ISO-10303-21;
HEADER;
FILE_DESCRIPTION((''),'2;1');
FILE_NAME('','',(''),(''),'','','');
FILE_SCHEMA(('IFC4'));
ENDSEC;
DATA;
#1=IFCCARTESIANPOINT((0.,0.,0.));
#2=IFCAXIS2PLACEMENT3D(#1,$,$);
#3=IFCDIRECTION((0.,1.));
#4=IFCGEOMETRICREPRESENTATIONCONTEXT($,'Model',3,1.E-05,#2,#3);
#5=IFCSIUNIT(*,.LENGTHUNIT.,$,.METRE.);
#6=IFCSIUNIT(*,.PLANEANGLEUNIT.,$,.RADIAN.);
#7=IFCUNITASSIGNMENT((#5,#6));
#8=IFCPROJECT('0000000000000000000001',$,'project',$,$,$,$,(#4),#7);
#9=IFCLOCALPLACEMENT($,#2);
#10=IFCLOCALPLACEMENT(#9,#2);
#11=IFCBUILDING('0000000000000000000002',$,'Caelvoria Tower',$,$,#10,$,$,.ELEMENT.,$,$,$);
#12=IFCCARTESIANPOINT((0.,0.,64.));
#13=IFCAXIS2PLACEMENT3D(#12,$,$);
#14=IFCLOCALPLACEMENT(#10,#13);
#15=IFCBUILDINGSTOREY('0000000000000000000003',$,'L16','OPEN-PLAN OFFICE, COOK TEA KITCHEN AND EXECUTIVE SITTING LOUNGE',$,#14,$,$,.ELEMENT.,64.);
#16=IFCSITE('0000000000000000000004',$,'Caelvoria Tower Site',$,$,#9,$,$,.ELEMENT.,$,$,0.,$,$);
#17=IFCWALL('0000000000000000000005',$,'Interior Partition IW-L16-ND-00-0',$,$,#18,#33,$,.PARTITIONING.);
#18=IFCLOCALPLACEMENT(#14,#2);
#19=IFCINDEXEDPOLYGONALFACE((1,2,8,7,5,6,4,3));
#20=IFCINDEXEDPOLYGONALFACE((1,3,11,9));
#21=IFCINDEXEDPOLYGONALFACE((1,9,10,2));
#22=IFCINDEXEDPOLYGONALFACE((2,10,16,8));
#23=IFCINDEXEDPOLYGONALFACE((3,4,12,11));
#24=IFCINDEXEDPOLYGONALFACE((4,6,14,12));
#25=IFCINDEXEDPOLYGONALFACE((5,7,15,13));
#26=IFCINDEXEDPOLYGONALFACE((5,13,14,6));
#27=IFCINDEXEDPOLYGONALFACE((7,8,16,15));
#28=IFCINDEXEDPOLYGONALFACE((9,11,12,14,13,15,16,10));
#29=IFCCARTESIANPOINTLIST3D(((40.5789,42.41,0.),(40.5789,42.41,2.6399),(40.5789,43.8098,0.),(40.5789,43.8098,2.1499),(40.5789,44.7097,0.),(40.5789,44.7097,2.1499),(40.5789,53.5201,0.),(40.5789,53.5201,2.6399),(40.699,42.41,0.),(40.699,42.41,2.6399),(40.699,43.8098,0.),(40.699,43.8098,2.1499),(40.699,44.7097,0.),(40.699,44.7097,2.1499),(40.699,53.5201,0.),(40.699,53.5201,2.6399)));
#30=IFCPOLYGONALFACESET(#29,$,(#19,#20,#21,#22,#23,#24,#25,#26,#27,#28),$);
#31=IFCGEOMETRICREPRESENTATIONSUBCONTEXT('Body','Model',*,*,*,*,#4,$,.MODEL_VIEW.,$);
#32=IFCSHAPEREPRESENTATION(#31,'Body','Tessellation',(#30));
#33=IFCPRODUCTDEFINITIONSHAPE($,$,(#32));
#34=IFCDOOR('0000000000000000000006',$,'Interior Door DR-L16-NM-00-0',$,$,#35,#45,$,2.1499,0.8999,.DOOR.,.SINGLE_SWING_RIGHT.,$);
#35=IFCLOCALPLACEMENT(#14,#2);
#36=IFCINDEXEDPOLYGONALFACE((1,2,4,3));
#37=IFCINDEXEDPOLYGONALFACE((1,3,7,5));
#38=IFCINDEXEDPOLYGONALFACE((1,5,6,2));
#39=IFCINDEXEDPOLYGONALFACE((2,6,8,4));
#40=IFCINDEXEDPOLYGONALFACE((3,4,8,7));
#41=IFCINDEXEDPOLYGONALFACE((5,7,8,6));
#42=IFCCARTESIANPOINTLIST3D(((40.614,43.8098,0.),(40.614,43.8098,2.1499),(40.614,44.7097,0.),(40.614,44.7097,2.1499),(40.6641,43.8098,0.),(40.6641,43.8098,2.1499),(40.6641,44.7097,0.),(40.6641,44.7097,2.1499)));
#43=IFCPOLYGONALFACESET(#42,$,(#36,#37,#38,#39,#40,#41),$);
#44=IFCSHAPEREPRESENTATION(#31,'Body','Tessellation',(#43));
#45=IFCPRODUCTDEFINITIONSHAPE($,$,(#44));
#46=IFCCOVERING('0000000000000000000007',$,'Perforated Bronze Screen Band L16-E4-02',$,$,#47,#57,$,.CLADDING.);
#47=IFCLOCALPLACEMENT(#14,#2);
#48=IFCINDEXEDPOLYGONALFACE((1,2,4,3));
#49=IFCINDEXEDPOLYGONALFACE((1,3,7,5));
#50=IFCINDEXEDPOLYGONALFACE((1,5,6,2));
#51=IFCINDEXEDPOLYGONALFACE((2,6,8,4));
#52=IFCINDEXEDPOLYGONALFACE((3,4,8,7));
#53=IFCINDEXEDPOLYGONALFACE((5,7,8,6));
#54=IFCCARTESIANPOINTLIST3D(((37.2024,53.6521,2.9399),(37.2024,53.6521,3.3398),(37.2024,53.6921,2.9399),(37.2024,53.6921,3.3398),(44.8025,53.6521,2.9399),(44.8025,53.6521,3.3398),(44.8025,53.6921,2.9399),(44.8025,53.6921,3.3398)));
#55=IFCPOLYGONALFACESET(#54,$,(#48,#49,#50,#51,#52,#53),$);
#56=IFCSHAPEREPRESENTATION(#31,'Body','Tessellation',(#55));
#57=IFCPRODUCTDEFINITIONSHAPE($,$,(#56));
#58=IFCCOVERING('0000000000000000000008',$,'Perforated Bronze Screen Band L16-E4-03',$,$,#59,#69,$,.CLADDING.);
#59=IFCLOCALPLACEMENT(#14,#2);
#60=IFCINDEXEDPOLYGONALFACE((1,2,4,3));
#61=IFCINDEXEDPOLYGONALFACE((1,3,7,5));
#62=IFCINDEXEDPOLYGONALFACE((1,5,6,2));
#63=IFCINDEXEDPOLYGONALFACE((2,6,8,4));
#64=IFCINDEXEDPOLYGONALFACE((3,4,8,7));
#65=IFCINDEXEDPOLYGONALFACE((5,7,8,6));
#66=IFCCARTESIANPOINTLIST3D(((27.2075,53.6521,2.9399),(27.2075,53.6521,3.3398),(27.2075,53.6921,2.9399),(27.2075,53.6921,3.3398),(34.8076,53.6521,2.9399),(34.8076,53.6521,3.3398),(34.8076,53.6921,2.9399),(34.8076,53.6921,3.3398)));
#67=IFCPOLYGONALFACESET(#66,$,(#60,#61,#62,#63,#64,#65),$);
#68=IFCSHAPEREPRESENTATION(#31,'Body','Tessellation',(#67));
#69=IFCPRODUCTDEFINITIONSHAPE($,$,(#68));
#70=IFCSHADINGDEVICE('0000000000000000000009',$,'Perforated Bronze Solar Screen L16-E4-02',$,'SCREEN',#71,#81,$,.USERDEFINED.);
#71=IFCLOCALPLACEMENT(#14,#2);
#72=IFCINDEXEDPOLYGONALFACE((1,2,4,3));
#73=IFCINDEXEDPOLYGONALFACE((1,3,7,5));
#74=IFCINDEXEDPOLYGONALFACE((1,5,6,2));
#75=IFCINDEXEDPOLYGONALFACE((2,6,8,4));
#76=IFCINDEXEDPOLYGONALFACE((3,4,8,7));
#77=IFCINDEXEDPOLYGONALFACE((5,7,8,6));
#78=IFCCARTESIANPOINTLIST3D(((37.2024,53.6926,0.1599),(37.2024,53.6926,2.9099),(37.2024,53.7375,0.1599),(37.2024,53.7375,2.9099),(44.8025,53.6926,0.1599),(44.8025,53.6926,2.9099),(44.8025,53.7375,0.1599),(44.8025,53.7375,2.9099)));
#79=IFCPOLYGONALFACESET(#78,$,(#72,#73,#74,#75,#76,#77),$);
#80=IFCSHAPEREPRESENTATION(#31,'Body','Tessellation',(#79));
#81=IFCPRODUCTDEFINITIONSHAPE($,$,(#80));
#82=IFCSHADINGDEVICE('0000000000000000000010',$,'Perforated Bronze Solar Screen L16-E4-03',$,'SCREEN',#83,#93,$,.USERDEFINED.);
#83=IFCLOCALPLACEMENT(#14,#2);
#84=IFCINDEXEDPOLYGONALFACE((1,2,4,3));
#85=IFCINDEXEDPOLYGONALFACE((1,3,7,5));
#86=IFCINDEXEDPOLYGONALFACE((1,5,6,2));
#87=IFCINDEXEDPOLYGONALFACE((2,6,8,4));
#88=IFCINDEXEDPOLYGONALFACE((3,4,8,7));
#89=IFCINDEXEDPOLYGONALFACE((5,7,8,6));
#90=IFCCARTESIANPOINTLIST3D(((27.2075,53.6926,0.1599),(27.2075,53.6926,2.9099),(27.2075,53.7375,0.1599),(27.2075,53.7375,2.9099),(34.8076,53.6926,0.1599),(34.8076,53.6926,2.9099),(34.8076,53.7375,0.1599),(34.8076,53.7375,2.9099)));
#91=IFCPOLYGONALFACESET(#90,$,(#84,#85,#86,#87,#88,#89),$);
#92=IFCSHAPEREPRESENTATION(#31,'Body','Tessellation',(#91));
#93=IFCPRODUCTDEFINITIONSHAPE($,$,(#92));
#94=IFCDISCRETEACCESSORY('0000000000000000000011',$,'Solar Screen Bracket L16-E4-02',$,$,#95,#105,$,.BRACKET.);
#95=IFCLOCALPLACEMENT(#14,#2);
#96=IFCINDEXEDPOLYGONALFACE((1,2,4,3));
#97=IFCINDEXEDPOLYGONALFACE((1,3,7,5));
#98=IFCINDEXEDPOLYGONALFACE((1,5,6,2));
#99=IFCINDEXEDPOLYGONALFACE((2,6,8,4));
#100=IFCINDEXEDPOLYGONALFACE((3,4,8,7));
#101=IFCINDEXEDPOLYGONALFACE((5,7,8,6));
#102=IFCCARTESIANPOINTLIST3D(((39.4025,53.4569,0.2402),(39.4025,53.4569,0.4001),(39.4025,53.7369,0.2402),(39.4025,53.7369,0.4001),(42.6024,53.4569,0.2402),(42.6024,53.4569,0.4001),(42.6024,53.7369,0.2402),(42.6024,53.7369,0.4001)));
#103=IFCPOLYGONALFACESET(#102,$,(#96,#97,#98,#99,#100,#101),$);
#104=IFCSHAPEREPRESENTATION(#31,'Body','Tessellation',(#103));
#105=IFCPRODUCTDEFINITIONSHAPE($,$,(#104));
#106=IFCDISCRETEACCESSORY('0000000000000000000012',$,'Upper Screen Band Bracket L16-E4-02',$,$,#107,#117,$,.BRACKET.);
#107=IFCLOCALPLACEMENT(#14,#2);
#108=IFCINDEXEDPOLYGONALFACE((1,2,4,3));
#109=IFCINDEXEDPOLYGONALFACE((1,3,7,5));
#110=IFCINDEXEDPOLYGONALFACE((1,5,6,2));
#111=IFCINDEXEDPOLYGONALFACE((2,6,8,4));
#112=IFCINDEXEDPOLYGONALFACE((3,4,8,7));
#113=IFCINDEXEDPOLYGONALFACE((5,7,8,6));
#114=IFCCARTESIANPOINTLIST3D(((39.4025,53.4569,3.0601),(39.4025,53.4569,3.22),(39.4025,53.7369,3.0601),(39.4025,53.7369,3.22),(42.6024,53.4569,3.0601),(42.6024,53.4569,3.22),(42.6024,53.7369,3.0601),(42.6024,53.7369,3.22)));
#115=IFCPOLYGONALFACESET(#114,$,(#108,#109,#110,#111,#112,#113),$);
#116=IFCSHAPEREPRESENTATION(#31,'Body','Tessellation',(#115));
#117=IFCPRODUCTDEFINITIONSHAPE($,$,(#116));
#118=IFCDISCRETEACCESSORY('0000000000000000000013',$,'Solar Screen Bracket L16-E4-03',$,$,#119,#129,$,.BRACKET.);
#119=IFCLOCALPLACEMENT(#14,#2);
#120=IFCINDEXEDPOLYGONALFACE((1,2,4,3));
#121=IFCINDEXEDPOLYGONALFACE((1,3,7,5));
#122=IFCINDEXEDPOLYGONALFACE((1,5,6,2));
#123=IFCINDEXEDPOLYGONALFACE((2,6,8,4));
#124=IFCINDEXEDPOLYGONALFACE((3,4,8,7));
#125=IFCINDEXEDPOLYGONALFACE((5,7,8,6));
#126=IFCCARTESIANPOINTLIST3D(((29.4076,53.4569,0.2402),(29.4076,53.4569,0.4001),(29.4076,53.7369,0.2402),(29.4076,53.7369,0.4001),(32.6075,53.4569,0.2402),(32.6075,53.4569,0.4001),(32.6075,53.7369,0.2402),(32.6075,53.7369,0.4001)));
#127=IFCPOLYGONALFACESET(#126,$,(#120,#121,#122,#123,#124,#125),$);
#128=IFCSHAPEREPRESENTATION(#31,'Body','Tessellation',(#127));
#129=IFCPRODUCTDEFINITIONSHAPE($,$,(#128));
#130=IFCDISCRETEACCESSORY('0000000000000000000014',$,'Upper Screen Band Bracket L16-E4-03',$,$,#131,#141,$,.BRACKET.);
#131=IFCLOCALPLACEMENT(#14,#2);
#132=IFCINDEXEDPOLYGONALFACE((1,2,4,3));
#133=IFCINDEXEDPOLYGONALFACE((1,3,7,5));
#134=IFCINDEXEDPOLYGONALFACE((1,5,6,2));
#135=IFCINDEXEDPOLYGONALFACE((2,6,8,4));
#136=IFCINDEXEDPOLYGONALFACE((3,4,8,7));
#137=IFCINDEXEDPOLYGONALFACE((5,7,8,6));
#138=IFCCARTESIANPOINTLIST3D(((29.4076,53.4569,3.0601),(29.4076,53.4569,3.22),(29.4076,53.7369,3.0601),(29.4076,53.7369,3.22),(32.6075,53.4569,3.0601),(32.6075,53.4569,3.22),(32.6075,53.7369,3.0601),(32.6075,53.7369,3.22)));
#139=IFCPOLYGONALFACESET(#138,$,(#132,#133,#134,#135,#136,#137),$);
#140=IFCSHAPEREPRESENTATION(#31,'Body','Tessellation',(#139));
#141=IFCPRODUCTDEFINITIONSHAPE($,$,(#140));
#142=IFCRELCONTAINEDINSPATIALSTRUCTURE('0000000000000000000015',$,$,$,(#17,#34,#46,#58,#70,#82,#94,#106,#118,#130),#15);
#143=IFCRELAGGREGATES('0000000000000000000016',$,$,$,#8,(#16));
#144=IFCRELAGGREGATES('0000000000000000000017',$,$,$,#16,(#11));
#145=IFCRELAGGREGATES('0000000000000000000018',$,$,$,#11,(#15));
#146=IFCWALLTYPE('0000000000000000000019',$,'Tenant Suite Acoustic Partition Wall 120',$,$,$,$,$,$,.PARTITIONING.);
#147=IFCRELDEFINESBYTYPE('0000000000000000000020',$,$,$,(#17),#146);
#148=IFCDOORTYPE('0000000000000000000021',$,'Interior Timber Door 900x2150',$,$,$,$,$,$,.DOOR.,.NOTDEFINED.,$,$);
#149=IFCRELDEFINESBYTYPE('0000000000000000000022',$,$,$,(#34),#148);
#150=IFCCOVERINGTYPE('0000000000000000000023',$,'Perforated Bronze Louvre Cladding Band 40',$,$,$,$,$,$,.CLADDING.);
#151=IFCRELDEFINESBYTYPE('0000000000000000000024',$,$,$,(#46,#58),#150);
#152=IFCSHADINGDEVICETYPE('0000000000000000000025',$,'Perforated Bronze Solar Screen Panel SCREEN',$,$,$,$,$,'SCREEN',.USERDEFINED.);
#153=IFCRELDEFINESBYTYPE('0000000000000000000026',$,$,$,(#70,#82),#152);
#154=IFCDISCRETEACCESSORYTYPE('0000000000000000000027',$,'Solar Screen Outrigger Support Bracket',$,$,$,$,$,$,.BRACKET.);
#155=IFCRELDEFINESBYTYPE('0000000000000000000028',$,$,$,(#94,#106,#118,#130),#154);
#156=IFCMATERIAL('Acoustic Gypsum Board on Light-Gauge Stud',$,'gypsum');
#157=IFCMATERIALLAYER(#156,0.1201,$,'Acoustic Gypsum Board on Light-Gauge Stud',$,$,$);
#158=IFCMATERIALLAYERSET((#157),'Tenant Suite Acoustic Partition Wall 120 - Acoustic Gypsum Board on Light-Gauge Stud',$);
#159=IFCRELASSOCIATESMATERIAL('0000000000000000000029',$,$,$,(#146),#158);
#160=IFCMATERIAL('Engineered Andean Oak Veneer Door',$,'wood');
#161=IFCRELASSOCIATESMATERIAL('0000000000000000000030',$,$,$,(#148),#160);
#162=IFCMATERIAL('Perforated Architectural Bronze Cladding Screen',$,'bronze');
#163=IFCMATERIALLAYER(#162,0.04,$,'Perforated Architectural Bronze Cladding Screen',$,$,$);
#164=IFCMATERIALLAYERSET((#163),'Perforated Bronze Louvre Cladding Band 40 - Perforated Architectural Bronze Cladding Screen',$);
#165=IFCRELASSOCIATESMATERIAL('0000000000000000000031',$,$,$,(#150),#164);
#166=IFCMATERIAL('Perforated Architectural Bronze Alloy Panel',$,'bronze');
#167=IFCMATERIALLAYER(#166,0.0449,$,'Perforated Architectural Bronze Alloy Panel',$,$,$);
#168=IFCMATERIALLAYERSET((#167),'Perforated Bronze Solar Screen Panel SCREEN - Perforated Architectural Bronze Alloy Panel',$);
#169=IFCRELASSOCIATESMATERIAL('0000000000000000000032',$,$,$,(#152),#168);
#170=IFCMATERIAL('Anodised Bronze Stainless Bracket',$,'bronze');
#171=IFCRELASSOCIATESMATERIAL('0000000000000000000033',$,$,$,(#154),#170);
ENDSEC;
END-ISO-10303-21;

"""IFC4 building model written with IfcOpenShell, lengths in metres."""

from ifc_helpers import new_model, si_unit, direction, frame, frame_2d, origin, origin_2d, place, context, subcontext, project, spatial, rectangle, extrude, material, layer, layer_set, type_object, element, fill, save


model = new_model("IFC4")

# Units and contexts
model_context = context("Model", 3, precision=1e-05, world=origin(), true_north=direction((0.0, 1.0)))
body_context = subcontext(model_context, "Body", "Model", "MODEL_VIEW")
ifc_project = project(units=[si_unit("LENGTHUNIT", "METRE"), si_unit("PLANEANGLEUNIT", "RADIAN")], contexts=[model_context])

# Site, building, storey
site_placement = place(None, origin())
site = spatial("IfcSite", under=ifc_project, at=site_placement, Name="Caelvoria Tower Site", CompositionType="ELEMENT", RefElevation=0.0)
building_placement = place(site_placement, origin())
building = spatial("IfcBuilding", under=site, at=building_placement, Name="Caelvoria Tower", CompositionType="ELEMENT")
storey_placement = place(building_placement, frame((0.0, 0.0, 64.0)))
storey = spatial("IfcBuildingStorey", under=building, at=storey_placement, Name="L16", Description="OPEN-PLAN OFFICE, COOK TEA KITCHEN AND EXECUTIVE SITTING LOUNGE", CompositionType="ELEMENT", Elevation=64.0)

# Wall, opening, door
ifc_material_1 = material(Name="Acoustic Gypsum Board on Light-Gauge Stud", Category="gypsum")
ifc_layer_1 = layer(ifc_material_1, 0.1201, Name="Acoustic Gypsum Board on Light-Gauge Stud")
ifc_layer_set_1 = layer_set([ifc_layer_1], Name="Tenant Suite Acoustic Partition Wall 120 - Acoustic Gypsum Board on Light-Gauge Stud")
wall_type_1 = type_object("IfcWallType", Name="Tenant Suite Acoustic Partition Wall 120", PredefinedType="PARTITIONING", material=ifc_layer_set_1)
wall_1_placement = place(storey_placement, frame((40.6389, 42.4099, 0.0), z_axis=(0.0, 0.0, 1.0), x_axis=(0.0, 1.0, 0.0)))
wall_1 = element("IfcWall", 1, at=wall_1_placement, inside=storey, type_object=wall_type_1, Name="Interior Partition IW-L16-ND-00-0", PredefinedType="PARTITIONING", context=body_context, shape_type="SweptSolid", body=[
    extrude(rectangle(XDim=11.1101, YDim=0.1201, at=frame_2d((5.5552, 0.0))), origin(), (0.0, 0.0, 1.0), 2.6399),
])
opening_placement = place(wall_1_placement, frame((1.3999, 0.0, 0.0)))
opening = element("IfcOpeningElement", 2, at=opening_placement, cuts=wall_1, PredefinedType="OPENING", context=body_context, shape_type="SweptSolid", body=[
    extrude(rectangle(XDim=0.8999, YDim=2.1499, at=frame_2d((0.45, 1.075))), frame((0.0, 0.0701, 0.0), z_axis=(0.0, -1.0, 0.0), x_axis=(1.0, 0.0, 0.0)), (0.0, 0.0, 1.0), 0.1401),
])
ifc_material_2 = material(Name="Engineered Andean Oak Veneer Door", Category="wood")
door_type = type_object("IfcDoorType", Name="Interior Timber Door 900x2150", OperationType="NOTDEFINED", PredefinedType="DOOR", material=ifc_material_2)
door_placement = place(opening_placement, origin())
door = element("IfcDoor", 3, at=door_placement, inside=storey, type_object=door_type, Name="Interior Door DR-L16-NM-00-0", OperationType="SINGLE_SWING_RIGHT", OverallHeight=2.1499, OverallWidth=0.8999, PredefinedType="DOOR", context=body_context, shape_type="SweptSolid", body=[
    extrude(rectangle(XDim=0.8999, YDim=2.1499, at=frame_2d((0.45, 1.075))), frame((0.0, 0.0249, 0.0), z_axis=(0.0, -1.0, 0.0), x_axis=(1.0, 0.0, 0.0)), (0.0, 0.0, 1.0), 0.05),
])
fill(opening, door)

# Coverings
ifc_material_3 = material(Name="Perforated Architectural Bronze Cladding Screen", Category="bronze")
ifc_layer_2 = layer(ifc_material_3, 0.04, Name="Perforated Architectural Bronze Cladding Screen")
ifc_layer_set_2 = layer_set([ifc_layer_2], Name="Perforated Bronze Louvre Cladding Band 40 - Perforated Architectural Bronze Cladding Screen")
covering_type = type_object("IfcCoveringType", Name="Perforated Bronze Louvre Cladding Band 40", PredefinedType="CLADDING", material=ifc_layer_set_2)
for number, where, z_axis, x_axis, name in (
    (4, (41.0024, 53.6721, 2.9399), (0.0, 0.0, 1.0), (-1.0, 0.0, 0.0), "Perforated Bronze Screen Band L16-E4-02"),
    (5, (31.0076, 53.6721, 2.9399), (0.0, 0.0, 1.0), (-1.0, 0.0, 0.0), "Perforated Bronze Screen Band L16-E4-03"),
):
    element("IfcCovering", number, at=place(storey_placement, frame(where, z_axis=z_axis, x_axis=x_axis)), inside=storey, type_object=covering_type, Name=name, PredefinedType="CLADDING", context=body_context, shape_type="SweptSolid", body=[
        extrude(rectangle(XDim=7.6001, YDim=0.04, at=origin_2d()), origin(), (0.0, 0.0, 1.0), 0.3999),
    ])

# Shading devices
ifc_material_4 = material(Name="Perforated Architectural Bronze Alloy Panel", Category="bronze")
ifc_layer_3 = layer(ifc_material_4, 0.0449, Name="Perforated Architectural Bronze Alloy Panel")
ifc_layer_set_3 = layer_set([ifc_layer_3], Name="Perforated Bronze Solar Screen Panel SCREEN - Perforated Architectural Bronze Alloy Panel")
shading_device_type = type_object("IfcShadingDeviceType", Name="Perforated Bronze Solar Screen Panel SCREEN", ElementType="SCREEN", PredefinedType="USERDEFINED", material=ifc_layer_set_3)
for number, where, z_axis, x_axis, name in (
    (6, (41.0024, 53.7151, 0.1599), (0.0, 0.0, 1.0), (-1.0, 0.0, 0.0), "Perforated Bronze Solar Screen L16-E4-02"),
    (7, (31.0076, 53.7151, 0.1599), (0.0, 0.0, 1.0), (-1.0, 0.0, 0.0), "Perforated Bronze Solar Screen L16-E4-03"),
):
    element("IfcShadingDevice", number, at=place(storey_placement, frame(where, z_axis=z_axis, x_axis=x_axis)), inside=storey, type_object=shading_device_type, Name=name, ObjectType="SCREEN", PredefinedType="USERDEFINED", context=body_context, shape_type="SweptSolid", body=[
        extrude(rectangle(XDim=7.6001, YDim=0.0449, at=origin_2d()), origin(), (0.0, 0.0, 1.0), 2.75),
    ])

# Discrete accessories
ifc_material_5 = material(Name="Anodised Bronze Stainless Bracket", Category="bronze")
discrete_accessory_type = type_object("IfcDiscreteAccessoryType", Name="Solar Screen Outrigger Support Bracket", PredefinedType="BRACKET", material=ifc_material_5)
for number, where, z_axis, x_axis, name in (
    (8, (41.0024, 53.5969, 0.2402), (0.0, 0.0, 1.0), (-1.0, 0.0, 0.0), "Solar Screen Bracket L16-E4-02"),
    (9, (41.0024, 53.5969, 3.0601), (0.0, 0.0, 1.0), (-1.0, 0.0, 0.0), "Upper Screen Band Bracket L16-E4-02"),
    (10, (31.0076, 53.5969, 0.2402), (0.0, 0.0, 1.0), (-1.0, 0.0, 0.0), "Solar Screen Bracket L16-E4-03"),
    (11, (31.0076, 53.5969, 3.0601), (0.0, 0.0, 1.0), (-1.0, 0.0, 0.0), "Upper Screen Band Bracket L16-E4-03"),
):
    element("IfcDiscreteAccessory", number, at=place(storey_placement, frame(where, z_axis=z_axis, x_axis=x_axis)), inside=storey, type_object=discrete_accessory_type, Name=name, PredefinedType="BRACKET", context=body_context, shape_type="SweptSolid", body=[
        extrude(rectangle(XDim=3.2, YDim=0.28, at=origin_2d()), origin(), (0.0, 0.0, 1.0), 0.1599),
    ])

save(model, "model.ifc")
